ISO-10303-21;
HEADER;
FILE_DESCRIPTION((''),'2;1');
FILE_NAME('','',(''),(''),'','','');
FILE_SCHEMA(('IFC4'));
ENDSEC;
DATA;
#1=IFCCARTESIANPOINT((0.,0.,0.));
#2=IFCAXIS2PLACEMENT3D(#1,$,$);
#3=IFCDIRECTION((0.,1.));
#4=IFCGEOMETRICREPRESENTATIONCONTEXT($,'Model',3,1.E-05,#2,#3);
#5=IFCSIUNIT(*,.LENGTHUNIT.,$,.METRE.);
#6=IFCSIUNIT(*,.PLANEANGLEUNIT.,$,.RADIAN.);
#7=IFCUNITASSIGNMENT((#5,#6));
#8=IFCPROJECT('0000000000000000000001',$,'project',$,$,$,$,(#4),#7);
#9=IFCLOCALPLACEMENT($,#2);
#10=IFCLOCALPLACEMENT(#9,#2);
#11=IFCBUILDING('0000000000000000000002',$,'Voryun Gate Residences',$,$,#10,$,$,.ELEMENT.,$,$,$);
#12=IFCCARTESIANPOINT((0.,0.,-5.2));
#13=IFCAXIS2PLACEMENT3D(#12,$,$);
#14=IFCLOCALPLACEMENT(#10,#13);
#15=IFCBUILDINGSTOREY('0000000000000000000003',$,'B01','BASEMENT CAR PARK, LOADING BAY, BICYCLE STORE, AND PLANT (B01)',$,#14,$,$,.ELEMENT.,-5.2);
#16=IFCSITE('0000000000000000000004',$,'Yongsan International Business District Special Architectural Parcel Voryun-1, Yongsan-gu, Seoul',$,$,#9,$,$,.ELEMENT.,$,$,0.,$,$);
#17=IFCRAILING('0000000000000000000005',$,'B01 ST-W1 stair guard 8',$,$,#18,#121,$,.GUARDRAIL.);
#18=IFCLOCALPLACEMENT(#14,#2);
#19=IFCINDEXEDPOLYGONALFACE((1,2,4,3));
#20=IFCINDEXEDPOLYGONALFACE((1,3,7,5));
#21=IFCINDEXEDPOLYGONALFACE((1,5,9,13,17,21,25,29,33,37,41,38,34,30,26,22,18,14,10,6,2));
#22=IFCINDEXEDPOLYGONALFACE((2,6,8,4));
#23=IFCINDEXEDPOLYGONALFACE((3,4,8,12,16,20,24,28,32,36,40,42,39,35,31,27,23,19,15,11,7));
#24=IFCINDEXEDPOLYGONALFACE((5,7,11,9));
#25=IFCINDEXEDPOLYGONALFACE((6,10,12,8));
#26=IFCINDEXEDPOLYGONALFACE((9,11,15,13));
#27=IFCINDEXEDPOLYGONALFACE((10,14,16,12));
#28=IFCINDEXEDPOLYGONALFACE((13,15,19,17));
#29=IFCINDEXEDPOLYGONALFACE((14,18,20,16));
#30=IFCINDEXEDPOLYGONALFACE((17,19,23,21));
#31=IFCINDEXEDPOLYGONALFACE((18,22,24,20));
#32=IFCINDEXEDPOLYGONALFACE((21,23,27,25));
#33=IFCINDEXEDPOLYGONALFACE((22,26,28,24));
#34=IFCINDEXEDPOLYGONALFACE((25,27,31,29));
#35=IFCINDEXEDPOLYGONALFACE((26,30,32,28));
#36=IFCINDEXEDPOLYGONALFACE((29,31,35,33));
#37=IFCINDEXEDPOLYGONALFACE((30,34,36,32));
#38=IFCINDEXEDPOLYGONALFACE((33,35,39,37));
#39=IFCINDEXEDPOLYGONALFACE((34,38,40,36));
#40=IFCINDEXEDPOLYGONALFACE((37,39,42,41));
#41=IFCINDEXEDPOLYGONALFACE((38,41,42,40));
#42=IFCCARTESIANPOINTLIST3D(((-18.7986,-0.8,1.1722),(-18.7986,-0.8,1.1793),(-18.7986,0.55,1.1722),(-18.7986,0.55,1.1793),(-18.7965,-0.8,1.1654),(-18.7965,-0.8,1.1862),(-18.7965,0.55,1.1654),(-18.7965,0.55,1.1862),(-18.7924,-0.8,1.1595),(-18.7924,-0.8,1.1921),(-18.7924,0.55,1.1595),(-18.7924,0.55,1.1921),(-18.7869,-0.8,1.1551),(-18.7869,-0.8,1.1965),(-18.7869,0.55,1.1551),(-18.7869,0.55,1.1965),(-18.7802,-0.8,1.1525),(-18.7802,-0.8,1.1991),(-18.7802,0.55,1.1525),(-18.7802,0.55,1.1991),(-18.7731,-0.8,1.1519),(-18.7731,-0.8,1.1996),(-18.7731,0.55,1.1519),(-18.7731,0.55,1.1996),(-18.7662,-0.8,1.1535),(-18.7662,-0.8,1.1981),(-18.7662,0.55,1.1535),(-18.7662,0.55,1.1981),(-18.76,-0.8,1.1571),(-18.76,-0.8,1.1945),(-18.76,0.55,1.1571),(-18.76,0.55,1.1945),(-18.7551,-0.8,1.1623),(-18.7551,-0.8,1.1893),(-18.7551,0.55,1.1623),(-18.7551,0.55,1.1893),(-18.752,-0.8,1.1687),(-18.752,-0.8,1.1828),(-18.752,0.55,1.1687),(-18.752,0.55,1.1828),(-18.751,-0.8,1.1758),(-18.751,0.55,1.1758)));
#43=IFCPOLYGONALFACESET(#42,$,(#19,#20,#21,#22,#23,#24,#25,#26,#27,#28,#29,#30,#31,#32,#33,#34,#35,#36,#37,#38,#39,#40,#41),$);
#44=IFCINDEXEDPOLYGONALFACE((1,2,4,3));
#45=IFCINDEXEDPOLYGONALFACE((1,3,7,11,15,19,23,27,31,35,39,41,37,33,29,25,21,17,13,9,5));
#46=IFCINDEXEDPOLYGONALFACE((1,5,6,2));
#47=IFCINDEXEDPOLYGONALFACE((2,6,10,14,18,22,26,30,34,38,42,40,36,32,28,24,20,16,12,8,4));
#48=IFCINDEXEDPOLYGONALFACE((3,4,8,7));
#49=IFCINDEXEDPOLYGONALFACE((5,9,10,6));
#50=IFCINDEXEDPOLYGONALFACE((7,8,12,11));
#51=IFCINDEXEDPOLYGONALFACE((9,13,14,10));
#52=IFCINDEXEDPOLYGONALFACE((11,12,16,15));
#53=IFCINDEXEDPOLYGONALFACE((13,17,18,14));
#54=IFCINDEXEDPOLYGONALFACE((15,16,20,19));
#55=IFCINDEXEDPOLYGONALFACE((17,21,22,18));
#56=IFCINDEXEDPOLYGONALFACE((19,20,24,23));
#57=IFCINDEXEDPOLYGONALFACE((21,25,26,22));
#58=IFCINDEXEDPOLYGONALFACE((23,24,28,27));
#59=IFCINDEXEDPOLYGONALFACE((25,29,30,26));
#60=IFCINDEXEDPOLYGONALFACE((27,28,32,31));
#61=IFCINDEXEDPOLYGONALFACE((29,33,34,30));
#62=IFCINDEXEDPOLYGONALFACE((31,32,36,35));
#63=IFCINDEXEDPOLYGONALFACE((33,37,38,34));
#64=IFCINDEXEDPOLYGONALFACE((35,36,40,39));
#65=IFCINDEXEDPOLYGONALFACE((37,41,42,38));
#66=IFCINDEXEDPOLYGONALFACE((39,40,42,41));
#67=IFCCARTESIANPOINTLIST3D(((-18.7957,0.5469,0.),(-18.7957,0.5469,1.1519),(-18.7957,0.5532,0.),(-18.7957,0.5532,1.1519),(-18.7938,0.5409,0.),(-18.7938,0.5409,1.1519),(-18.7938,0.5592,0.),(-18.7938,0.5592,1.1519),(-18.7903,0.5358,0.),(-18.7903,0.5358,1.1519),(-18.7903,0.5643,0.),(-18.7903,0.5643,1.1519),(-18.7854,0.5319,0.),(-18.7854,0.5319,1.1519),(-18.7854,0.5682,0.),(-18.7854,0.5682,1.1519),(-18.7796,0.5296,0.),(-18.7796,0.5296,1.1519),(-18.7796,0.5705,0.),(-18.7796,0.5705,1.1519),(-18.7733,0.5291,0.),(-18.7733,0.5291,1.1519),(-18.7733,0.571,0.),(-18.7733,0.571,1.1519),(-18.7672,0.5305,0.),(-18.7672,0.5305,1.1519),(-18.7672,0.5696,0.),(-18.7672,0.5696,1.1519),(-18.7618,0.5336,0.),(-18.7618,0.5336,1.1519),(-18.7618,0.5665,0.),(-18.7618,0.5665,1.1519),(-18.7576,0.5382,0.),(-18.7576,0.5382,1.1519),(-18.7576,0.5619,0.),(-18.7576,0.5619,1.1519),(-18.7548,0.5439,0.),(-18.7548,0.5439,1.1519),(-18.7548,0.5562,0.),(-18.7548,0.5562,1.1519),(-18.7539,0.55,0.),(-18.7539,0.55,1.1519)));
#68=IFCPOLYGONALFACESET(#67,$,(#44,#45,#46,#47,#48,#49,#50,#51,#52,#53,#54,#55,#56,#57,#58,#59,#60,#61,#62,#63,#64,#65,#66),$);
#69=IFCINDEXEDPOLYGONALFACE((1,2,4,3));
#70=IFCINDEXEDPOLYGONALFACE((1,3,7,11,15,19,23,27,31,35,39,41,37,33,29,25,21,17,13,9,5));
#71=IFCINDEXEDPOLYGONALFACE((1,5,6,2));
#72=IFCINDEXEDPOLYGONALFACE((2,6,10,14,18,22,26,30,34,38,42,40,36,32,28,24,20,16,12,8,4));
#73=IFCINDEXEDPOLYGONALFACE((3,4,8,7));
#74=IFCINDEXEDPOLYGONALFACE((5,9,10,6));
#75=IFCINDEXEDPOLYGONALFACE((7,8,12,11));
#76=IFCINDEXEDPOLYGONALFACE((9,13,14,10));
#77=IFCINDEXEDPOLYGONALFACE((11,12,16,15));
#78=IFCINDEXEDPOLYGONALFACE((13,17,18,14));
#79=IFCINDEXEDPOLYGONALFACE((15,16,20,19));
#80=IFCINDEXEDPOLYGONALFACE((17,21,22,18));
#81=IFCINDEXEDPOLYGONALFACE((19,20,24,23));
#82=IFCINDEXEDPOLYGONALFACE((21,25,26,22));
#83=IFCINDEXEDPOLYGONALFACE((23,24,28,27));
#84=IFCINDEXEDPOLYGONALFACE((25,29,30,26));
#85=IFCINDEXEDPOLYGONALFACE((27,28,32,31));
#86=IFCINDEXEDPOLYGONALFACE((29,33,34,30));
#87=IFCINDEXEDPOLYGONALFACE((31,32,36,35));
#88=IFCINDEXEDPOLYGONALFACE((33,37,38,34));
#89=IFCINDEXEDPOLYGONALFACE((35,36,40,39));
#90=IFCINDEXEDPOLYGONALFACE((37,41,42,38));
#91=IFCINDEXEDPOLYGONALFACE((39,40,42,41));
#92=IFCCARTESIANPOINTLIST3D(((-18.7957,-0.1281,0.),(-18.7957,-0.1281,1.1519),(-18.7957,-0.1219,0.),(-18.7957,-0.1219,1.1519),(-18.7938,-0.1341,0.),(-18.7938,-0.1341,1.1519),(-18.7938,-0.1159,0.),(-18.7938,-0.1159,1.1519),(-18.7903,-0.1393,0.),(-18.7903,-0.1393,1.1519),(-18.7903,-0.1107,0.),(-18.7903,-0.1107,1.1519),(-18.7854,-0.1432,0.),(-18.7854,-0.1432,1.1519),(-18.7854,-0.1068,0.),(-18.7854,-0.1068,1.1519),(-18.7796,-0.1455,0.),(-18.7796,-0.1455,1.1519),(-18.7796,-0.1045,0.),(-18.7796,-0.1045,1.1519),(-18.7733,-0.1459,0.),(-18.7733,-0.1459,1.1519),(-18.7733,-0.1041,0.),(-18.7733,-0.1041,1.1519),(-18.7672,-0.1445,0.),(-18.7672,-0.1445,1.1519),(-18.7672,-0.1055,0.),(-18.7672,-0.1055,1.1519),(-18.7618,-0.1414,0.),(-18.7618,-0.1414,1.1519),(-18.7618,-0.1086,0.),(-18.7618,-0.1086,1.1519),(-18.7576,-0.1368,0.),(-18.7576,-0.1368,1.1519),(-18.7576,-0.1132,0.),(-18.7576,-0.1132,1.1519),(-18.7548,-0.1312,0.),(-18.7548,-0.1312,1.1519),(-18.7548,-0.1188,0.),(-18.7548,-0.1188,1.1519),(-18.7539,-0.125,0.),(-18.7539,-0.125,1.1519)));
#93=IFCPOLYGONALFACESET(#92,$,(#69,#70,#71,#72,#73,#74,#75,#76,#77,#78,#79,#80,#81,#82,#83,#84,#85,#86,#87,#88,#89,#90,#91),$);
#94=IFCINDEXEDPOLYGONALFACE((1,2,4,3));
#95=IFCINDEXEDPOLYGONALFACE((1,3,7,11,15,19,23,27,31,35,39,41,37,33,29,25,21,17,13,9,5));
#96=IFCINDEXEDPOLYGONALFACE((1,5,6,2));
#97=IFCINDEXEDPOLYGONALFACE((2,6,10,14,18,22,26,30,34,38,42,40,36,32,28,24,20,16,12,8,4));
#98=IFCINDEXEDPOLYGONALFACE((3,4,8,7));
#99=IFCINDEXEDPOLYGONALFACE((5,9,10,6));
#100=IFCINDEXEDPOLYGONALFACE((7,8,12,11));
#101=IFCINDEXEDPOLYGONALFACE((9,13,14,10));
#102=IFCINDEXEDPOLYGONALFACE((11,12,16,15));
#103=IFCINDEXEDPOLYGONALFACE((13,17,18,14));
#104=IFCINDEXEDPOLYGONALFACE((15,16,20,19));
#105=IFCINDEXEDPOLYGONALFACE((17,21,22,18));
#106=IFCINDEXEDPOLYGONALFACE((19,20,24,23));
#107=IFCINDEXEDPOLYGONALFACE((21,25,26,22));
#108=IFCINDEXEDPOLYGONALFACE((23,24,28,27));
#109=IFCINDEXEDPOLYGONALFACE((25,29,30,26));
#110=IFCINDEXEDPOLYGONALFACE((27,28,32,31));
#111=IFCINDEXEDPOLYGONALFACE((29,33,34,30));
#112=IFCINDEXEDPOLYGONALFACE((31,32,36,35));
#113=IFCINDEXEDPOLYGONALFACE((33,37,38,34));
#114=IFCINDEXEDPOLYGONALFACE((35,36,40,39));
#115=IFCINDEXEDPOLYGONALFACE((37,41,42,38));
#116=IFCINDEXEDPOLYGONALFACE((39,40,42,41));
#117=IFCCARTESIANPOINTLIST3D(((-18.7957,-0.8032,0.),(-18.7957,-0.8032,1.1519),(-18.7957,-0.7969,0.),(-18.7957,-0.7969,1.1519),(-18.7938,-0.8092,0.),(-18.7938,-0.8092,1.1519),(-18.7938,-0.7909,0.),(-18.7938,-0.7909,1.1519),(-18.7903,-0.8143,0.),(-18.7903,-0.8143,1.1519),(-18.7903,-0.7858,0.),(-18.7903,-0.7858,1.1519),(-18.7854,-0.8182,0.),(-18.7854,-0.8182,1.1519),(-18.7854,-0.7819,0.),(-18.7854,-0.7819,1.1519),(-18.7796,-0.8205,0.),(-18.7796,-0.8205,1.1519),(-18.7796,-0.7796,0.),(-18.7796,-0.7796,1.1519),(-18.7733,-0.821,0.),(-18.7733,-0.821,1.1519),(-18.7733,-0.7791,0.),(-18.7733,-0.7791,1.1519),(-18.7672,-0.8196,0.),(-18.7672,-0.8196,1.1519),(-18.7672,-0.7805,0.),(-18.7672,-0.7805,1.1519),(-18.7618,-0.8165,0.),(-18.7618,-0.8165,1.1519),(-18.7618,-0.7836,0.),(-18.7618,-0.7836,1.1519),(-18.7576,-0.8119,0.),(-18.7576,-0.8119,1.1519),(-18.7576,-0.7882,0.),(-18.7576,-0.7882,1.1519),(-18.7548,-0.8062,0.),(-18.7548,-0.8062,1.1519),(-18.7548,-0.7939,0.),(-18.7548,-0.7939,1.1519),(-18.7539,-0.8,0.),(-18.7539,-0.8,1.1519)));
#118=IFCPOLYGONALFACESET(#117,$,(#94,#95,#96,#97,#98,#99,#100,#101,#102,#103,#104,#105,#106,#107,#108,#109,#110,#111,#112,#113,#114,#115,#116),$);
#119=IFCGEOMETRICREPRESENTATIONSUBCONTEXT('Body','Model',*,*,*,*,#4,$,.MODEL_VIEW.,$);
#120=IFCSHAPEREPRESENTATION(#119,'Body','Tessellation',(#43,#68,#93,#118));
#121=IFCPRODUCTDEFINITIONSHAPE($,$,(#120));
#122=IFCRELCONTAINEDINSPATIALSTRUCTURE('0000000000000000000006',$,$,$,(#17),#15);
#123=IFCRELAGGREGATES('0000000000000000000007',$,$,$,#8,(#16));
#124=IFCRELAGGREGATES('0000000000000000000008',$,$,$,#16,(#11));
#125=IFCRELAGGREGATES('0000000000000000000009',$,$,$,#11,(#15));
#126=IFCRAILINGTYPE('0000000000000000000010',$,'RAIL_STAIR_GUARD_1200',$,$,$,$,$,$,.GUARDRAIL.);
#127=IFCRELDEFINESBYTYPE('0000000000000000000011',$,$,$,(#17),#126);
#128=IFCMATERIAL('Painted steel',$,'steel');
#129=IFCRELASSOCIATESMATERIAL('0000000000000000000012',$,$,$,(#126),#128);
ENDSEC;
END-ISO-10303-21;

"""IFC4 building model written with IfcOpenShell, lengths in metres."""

from ifc_helpers import new_model, si_unit, direction, frame, origin, origin_2d, place, context, subcontext, project, spatial, circle, extrude, material, type_object, element, save


model = new_model("IFC4")

# Units and contexts
model_context = context("Model", 3, precision=1e-05, world=origin(), true_north=direction((0.0, 1.0)))
body_context = subcontext(model_context, "Body", "Model", "MODEL_VIEW")
ifc_project = project(units=[si_unit("LENGTHUNIT", "METRE"), si_unit("PLANEANGLEUNIT", "RADIAN")], contexts=[model_context])

# Site, building, storey
site_placement = place(None, origin())
site = spatial("IfcSite", under=ifc_project, at=site_placement, Name="Yongsan International Business District Special Architectural Parcel Voryun-1, Yongsan-gu, Seoul", CompositionType="ELEMENT", RefElevation=0.0)
building_placement = place(site_placement, origin())
building = spatial("IfcBuilding", under=site, at=building_placement, Name="Voryun Gate Residences", CompositionType="ELEMENT")
storey_placement = place(building_placement, frame((0.0, 0.0, -5.2)))
storey = spatial("IfcBuildingStorey", under=building, at=storey_placement, Name="B01", Description="BASEMENT CAR PARK, LOADING BAY, BICYCLE STORE, AND PLANT (B01)", CompositionType="ELEMENT", Elevation=-5.2)

# Railing
ifc_material_1 = material(Name="Painted steel", Category="steel")
railing_type = type_object("IfcRailingType", Name="RAIL_STAIR_GUARD_1200", PredefinedType="GUARDRAIL", material=ifc_material_1)
railing_1_placement = place(storey_placement, frame((-18.7749, 0.55, 0.0)))
element("IfcRailing", 1, at=railing_1_placement, inside=storey, type_object=railing_type, Name="B01 ST-W1 stair guard 8", PredefinedType="GUARDRAIL", context=body_context, shape_type="SweptSolid", body=[
    extrude(circle(Radius=0.0239, at=origin_2d()), frame((0.0, 0.0, 1.1758), z_axis=(0.0, -1.0, 0.0), x_axis=(1.0, 0.0, 0.0)), (0.0, 0.0, 1.0), 1.3501),
    extrude(circle(Radius=0.021, at=origin_2d()), origin(), (0.0, 0.0, 1.0), 1.1519),
    extrude(circle(Radius=0.021, at=origin_2d()), frame((0.0, -0.675, 0.0)), (0.0, 0.0, 1.0), 1.1519),
    extrude(circle(Radius=0.021, at=origin_2d()), frame((0.0, -1.3501, 0.0)), (0.0, 0.0, 1.0), 1.1519),
])

save(model, "model.ifc")
